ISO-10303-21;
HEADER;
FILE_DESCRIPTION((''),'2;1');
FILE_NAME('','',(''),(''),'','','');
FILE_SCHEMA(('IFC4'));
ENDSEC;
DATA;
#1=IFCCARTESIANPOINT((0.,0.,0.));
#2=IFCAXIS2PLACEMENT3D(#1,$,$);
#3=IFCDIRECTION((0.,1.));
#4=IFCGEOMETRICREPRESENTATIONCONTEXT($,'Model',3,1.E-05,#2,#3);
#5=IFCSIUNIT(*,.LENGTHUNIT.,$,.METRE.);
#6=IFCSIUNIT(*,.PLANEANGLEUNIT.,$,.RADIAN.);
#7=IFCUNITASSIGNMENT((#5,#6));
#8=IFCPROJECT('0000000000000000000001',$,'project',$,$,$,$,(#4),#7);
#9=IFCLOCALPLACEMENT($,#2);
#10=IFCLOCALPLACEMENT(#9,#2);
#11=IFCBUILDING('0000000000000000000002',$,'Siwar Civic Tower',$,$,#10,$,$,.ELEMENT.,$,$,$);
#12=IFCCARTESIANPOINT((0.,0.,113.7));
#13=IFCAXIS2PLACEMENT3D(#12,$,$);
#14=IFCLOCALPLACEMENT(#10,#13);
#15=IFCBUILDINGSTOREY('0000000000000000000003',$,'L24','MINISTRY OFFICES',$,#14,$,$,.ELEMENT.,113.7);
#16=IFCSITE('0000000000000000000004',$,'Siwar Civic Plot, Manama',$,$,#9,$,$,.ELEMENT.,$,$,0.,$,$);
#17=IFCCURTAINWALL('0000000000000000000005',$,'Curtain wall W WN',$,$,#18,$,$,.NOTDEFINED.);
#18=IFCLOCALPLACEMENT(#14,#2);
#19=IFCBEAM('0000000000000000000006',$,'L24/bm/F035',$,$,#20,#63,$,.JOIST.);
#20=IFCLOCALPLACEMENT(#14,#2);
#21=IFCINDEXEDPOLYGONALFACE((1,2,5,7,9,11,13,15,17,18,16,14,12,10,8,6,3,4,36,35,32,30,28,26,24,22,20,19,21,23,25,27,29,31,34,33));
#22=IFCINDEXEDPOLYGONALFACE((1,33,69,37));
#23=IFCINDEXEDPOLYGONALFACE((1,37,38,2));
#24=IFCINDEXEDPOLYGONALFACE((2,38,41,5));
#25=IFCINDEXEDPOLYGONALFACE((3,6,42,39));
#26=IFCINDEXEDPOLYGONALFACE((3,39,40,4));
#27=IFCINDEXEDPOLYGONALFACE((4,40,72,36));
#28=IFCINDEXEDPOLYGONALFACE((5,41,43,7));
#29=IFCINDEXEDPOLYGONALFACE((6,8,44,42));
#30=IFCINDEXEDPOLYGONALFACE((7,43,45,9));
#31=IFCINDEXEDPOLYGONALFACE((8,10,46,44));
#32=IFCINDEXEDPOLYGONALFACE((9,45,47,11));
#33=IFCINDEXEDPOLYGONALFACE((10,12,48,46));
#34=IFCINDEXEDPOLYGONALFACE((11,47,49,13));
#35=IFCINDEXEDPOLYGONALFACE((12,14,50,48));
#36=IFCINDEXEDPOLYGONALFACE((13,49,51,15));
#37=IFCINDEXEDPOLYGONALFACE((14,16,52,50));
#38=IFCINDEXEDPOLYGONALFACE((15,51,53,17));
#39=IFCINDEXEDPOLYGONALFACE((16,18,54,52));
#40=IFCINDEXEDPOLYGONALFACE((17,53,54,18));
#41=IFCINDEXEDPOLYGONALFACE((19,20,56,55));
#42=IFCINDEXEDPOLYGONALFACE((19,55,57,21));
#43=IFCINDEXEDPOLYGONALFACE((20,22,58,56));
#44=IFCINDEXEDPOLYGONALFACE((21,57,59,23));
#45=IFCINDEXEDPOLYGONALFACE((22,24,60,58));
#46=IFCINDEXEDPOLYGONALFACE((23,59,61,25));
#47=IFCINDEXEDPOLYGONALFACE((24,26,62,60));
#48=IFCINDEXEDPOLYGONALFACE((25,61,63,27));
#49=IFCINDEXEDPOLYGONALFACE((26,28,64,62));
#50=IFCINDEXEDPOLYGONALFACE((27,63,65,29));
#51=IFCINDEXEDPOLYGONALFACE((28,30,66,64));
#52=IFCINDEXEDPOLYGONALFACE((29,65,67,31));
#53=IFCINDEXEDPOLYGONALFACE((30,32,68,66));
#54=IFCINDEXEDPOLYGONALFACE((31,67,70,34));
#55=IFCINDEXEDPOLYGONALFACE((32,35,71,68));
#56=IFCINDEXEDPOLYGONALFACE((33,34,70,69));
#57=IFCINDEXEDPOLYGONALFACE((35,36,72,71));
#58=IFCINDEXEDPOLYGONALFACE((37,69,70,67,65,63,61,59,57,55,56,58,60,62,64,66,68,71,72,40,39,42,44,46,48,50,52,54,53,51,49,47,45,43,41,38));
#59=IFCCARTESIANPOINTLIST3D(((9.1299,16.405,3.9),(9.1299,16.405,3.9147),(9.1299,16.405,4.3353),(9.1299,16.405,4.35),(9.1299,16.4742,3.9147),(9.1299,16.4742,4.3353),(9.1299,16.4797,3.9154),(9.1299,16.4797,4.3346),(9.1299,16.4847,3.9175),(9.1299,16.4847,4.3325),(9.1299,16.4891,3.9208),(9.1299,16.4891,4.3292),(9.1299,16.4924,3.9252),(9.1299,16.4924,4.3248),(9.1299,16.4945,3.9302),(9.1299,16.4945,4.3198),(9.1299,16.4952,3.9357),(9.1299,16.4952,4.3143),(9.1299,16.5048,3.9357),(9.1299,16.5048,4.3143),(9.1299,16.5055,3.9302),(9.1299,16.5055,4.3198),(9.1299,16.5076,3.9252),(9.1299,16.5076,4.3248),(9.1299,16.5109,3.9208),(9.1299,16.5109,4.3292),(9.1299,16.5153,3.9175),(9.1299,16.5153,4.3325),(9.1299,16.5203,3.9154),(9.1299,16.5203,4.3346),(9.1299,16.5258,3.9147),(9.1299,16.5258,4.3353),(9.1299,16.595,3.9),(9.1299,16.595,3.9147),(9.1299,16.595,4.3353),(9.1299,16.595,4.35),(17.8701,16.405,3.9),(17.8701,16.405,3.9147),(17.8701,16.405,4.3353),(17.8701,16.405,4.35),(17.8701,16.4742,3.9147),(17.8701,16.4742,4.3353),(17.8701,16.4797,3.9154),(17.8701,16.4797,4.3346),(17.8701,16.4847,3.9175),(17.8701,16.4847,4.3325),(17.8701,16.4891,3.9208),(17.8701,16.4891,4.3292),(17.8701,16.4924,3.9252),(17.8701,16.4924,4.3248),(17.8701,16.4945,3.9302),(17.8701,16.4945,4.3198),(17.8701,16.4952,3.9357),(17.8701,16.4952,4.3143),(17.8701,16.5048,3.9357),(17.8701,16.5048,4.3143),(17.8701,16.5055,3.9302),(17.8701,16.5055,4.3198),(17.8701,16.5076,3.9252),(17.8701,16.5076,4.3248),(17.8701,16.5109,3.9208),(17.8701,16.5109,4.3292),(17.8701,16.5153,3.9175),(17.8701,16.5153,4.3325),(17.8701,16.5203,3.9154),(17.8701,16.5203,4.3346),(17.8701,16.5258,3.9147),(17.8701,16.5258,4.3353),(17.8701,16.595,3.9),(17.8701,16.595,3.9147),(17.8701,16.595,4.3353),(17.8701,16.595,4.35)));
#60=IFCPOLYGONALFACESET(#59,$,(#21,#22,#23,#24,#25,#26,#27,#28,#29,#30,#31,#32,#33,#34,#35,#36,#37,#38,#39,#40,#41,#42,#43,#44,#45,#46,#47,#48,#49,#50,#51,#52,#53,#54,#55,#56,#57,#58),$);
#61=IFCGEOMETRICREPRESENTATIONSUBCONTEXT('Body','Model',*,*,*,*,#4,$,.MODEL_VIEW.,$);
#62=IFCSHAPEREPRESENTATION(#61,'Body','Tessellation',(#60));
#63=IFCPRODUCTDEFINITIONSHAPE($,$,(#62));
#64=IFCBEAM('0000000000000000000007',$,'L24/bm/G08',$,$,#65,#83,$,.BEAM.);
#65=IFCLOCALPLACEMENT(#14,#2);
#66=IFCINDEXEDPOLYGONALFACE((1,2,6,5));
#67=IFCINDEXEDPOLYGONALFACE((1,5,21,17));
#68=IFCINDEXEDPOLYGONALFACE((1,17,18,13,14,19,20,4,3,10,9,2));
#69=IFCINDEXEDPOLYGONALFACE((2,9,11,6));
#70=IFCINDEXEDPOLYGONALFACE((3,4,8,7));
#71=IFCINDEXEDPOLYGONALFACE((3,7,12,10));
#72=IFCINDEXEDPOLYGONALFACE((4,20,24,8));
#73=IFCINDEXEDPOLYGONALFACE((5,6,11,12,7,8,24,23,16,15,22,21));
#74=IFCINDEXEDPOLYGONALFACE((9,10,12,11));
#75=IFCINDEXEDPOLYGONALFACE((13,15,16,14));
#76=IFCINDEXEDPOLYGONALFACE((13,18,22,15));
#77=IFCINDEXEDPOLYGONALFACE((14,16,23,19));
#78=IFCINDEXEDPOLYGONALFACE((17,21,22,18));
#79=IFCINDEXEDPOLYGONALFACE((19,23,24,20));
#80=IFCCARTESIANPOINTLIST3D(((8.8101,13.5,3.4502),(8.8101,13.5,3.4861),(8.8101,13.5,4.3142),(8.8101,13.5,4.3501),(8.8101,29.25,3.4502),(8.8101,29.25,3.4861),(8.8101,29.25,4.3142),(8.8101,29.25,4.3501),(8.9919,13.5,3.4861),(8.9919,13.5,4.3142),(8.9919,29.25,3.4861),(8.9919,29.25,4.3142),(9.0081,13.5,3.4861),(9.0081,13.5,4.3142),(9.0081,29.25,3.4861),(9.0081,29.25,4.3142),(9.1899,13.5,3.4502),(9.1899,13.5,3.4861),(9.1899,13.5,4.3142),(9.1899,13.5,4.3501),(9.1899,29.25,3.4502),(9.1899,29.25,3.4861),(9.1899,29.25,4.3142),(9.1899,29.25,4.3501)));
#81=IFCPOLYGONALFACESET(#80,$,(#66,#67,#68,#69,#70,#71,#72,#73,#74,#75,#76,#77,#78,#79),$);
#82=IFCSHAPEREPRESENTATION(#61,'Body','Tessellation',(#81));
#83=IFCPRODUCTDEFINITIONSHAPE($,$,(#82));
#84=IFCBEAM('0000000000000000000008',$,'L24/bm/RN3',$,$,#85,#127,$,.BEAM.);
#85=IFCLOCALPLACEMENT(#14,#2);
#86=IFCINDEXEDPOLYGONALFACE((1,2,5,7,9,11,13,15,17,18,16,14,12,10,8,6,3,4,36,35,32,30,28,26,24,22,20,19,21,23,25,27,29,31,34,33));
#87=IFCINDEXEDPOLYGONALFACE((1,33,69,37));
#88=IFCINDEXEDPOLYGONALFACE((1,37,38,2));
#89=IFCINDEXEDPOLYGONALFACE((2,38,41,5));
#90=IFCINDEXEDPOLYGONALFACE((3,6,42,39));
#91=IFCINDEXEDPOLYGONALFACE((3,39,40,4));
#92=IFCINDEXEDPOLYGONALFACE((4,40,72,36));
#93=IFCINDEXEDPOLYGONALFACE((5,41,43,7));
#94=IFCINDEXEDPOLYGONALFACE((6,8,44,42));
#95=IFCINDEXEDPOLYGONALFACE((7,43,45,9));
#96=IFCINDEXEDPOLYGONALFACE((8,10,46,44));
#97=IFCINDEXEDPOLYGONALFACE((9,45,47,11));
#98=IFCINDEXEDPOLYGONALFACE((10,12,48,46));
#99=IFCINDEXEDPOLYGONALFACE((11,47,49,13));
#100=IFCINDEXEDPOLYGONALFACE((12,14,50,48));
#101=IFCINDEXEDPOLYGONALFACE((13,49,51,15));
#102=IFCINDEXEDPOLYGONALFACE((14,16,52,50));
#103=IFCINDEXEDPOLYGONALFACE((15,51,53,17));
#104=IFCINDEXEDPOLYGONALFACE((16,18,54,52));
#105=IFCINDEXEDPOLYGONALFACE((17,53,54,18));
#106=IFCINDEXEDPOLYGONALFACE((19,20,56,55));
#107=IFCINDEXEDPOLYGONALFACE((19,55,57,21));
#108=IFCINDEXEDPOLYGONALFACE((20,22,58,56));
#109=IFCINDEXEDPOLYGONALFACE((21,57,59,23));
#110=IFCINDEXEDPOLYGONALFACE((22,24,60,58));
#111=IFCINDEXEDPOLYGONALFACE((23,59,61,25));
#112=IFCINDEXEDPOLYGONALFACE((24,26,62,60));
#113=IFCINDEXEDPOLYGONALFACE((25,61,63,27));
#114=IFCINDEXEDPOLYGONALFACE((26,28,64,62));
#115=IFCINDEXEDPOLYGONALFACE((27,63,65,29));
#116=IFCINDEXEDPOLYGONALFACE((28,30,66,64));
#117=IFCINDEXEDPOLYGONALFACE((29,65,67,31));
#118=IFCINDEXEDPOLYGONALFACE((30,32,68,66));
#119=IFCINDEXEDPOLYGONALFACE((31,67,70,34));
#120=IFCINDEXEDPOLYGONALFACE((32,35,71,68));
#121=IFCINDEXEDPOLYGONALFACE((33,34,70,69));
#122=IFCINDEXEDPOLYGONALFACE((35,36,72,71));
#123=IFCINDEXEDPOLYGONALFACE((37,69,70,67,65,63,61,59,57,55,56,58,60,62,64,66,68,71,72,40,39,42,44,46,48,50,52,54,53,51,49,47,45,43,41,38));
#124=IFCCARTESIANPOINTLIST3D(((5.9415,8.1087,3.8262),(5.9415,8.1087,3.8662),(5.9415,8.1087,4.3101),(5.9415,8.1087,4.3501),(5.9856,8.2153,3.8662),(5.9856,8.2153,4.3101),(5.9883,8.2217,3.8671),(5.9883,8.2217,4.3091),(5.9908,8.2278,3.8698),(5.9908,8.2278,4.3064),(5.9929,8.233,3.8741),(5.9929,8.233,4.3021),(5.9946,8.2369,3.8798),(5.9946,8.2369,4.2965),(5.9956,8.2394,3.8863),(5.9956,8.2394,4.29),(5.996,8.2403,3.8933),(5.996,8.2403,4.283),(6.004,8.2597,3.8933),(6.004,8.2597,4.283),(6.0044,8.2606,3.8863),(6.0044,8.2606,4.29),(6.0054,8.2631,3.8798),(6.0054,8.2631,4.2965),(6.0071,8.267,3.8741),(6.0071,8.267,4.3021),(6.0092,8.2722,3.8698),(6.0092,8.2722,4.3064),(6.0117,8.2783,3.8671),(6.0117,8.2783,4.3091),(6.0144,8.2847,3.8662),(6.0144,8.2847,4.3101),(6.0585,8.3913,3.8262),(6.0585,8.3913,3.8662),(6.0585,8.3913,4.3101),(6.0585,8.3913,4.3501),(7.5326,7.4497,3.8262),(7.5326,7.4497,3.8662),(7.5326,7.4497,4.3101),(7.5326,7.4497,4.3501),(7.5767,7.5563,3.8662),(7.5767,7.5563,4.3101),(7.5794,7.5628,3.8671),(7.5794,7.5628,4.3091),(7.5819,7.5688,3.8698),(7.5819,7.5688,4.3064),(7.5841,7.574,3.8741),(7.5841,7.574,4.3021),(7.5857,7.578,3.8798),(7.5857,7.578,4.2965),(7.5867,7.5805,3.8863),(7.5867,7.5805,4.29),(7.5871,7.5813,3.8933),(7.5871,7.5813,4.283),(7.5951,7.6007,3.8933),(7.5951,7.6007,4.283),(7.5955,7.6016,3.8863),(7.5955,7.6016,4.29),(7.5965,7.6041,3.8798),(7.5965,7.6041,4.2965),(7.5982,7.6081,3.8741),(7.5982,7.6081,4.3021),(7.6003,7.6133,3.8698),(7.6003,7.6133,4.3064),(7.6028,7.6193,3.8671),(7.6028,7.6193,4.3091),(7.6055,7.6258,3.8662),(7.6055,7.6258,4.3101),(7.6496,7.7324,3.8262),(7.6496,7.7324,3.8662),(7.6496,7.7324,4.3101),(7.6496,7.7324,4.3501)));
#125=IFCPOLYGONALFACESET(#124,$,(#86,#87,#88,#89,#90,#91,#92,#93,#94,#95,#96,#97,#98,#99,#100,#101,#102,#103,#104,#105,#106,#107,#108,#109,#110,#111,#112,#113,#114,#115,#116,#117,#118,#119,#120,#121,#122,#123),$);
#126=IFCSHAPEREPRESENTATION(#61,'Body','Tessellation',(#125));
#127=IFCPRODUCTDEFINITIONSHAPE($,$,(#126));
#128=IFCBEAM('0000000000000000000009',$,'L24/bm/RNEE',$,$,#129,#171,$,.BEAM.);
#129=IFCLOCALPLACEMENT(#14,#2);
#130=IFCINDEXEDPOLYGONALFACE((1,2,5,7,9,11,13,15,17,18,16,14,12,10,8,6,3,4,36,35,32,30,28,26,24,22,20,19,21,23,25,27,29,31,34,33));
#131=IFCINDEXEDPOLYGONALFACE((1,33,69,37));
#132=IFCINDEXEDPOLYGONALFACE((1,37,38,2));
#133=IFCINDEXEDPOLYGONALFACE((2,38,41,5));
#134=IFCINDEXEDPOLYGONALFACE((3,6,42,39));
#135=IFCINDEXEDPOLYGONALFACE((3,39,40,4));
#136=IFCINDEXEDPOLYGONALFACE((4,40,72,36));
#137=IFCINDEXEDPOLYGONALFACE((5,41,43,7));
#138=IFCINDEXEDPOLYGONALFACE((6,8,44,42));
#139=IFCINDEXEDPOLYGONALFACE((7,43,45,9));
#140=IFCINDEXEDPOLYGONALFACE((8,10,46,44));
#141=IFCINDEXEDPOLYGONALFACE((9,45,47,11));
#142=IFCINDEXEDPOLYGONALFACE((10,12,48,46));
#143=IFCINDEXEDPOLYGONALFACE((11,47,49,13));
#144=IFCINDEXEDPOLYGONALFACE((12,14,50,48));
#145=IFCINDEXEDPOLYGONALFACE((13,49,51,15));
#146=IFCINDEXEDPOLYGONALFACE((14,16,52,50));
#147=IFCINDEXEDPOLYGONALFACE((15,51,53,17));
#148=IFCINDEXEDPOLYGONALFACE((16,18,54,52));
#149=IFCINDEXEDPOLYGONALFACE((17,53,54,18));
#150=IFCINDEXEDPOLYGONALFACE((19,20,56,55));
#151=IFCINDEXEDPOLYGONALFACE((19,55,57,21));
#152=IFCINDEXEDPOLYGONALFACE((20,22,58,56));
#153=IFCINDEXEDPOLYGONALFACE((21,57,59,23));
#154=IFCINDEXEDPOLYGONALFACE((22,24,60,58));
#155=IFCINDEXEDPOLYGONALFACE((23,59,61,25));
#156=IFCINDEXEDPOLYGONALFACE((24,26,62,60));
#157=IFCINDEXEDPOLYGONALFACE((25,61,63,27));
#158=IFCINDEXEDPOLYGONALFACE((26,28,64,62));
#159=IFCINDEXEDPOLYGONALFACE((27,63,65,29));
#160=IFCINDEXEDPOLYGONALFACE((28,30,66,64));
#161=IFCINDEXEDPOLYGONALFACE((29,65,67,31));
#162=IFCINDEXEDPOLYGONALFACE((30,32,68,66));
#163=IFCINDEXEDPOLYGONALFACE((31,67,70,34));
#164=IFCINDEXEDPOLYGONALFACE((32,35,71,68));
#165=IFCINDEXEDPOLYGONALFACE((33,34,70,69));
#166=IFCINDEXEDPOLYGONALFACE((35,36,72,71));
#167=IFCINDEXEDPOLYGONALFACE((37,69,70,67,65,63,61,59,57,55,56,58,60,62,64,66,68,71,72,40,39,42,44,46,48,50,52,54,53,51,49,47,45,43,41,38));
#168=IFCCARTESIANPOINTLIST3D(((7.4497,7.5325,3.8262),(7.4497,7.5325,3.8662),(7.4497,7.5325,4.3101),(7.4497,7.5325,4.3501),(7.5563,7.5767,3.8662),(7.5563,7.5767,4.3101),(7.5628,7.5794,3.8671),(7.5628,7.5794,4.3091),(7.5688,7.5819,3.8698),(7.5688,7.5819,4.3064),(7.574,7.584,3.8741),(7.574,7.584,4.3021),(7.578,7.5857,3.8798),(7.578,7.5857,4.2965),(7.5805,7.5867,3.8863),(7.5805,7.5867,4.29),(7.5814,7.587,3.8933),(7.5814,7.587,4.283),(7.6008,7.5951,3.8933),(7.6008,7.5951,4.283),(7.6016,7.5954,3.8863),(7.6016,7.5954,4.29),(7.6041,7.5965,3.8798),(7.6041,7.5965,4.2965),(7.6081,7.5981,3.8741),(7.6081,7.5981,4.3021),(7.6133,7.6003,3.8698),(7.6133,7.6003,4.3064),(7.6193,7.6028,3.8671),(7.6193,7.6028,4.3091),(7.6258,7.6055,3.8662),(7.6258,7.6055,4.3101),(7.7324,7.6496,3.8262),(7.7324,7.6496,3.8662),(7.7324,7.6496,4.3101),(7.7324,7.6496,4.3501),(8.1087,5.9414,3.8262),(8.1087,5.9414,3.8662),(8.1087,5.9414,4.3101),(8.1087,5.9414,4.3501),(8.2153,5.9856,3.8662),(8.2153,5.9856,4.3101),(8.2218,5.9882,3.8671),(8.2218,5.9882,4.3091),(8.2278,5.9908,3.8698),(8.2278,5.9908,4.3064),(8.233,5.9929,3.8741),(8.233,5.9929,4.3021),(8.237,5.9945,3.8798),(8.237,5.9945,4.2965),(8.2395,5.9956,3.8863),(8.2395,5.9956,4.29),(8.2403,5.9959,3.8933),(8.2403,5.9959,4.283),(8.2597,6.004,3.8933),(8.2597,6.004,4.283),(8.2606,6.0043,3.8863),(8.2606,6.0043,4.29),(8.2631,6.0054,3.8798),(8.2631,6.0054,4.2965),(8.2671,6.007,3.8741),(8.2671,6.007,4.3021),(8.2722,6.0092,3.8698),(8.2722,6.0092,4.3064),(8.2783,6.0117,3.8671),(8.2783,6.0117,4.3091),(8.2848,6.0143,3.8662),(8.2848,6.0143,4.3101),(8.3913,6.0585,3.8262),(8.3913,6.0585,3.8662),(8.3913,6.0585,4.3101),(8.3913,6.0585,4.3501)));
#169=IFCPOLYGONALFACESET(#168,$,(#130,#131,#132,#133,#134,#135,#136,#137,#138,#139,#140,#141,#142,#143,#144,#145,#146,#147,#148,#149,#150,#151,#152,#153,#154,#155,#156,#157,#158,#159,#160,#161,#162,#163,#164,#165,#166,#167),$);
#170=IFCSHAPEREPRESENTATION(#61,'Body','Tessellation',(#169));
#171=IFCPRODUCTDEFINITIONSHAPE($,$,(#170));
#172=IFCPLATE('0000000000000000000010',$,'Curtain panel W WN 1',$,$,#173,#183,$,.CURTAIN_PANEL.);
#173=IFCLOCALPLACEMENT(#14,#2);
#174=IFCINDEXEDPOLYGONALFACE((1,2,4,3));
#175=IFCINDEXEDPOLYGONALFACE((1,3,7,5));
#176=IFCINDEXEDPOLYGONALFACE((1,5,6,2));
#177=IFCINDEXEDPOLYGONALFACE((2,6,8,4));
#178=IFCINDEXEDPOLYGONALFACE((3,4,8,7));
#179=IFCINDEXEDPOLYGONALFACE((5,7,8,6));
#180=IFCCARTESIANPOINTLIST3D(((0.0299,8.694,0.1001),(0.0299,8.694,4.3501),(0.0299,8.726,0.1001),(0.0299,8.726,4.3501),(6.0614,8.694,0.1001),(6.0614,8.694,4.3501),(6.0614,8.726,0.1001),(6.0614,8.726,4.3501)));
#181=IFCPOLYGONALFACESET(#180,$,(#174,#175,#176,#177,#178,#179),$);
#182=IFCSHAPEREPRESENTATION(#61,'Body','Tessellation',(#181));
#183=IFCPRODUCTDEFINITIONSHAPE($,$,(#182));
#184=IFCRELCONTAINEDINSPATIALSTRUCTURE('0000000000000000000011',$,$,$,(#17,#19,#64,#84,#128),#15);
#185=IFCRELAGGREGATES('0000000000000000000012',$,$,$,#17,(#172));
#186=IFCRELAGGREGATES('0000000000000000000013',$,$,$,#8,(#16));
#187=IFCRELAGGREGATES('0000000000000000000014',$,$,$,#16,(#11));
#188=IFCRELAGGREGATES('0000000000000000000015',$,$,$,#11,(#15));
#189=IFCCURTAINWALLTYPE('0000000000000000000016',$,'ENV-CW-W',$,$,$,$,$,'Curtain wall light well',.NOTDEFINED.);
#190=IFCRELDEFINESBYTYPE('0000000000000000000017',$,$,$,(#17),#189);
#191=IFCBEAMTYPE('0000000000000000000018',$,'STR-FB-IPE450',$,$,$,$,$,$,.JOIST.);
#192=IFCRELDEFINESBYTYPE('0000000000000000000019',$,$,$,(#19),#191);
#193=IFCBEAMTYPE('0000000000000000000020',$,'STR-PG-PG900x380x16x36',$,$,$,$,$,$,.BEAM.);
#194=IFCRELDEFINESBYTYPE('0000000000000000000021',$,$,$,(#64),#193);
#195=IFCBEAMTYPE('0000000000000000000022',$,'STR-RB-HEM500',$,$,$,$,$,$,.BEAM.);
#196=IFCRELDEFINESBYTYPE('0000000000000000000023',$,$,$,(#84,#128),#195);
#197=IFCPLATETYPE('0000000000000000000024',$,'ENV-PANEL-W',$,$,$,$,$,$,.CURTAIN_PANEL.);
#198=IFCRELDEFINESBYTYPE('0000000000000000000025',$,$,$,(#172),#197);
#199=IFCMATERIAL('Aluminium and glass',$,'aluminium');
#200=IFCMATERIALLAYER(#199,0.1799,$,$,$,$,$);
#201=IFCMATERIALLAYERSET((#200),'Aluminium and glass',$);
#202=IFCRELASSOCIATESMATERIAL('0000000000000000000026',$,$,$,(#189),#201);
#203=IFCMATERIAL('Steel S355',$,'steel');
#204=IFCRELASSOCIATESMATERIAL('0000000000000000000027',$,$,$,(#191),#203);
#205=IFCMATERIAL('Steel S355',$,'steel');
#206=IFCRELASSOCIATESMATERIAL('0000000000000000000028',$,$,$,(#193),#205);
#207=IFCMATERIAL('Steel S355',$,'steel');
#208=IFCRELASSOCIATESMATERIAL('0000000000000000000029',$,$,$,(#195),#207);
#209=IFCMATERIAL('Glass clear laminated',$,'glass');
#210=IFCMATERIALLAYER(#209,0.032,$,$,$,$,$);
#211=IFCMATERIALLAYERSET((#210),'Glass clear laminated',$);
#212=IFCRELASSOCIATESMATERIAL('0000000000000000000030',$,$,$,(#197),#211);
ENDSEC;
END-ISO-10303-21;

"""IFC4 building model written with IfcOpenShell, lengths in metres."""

from ifc_helpers import new_model, si_unit, direction, frame, origin, origin_2d, place, context, subcontext, project, spatial, rectangle, i_section, extrude, material, layer, layer_set, material_profile, profile_set, type_object, element, aggregate, save


model = new_model("IFC4")

# Units and contexts
model_context = context("Model", 3, precision=1e-05, world=origin(), true_north=direction((0.0, 1.0)))
body_context = subcontext(model_context, "Body", "Model", "MODEL_VIEW")
ifc_project = project(units=[si_unit("LENGTHUNIT", "METRE"), si_unit("PLANEANGLEUNIT", "RADIAN")], contexts=[model_context])

# Site, building, storey
site_placement = place(None, origin())
site = spatial("IfcSite", under=ifc_project, at=site_placement, Name="Siwar Civic Plot, Manama", CompositionType="ELEMENT", RefElevation=0.0)
building_placement = place(site_placement, origin())
building = spatial("IfcBuilding", under=site, at=building_placement, Name="Siwar Civic Tower", CompositionType="ELEMENT")
storey_placement = place(building_placement, frame((0.0, 0.0, 113.7)))
storey = spatial("IfcBuildingStorey", under=building, at=storey_placement, Name="L24", Description="MINISTRY OFFICES", CompositionType="ELEMENT", Elevation=113.7)

# Curtain wall
ifc_material_1 = material(Name="Aluminium and glass", Category="aluminium")
ifc_layer_1 = layer(ifc_material_1, 0.1799)
ifc_layer_set_1 = layer_set([ifc_layer_1], Name="Aluminium and glass")
curtain_wall_type = type_object("IfcCurtainWallType", Name="ENV-CW-W", ElementType="Curtain wall light well", PredefinedType="NOTDEFINED", material=ifc_layer_set_1)
curtain_wall_placement = place(storey_placement, origin())
curtain_wall = element("IfcCurtainWall", 1, at=curtain_wall_placement, inside=storey, type_object=curtain_wall_type, Name="Curtain wall W WN", PredefinedType="NOTDEFINED")

# Beams
ifc_material_2 = material(Name="Steel S355", Category="steel")
ifc_material_profile_1 = material_profile(ifc_material_2, i_section(OverallWidth=0.1899, OverallDepth=0.45, WebThickness=0.0095, FlangeThickness=0.0146, FilletRadius=0.021, at=origin_2d()), Name="IPE450")
ifc_profile_set_1 = profile_set([ifc_material_profile_1], Name="Steel S355")
beam_type_1 = type_object("IfcBeamType", Name="STR-FB-IPE450", PredefinedType="JOIST", material=ifc_profile_set_1)
for number, where, z_axis, x_axis, name in (
    (2, (9.1299, 16.5, 4.125), (1.0, 0.0, 0.0), (0.0, 1.0, 0.0), "L24/bm/F035"),
):
    element("IfcBeam", number, at=place(storey_placement, frame(where, z_axis=z_axis, x_axis=x_axis)), inside=storey, type_object=beam_type_1, Name=name, PredefinedType="JOIST", context=body_context, shape_type="SweptSolid", body=[
        extrude(i_section(OverallWidth=0.1899, OverallDepth=0.45, WebThickness=0.0095, FlangeThickness=0.0146, FilletRadius=0.021, at=origin_2d()), origin(), (0.0, 0.0, 1.0), 8.7402),
    ])
ifc_material_3 = material(Name="Steel S355", Category="steel")
ifc_material_profile_2 = material_profile(ifc_material_3, i_section(OverallWidth=0.3799, OverallDepth=0.8999, WebThickness=0.0161, FlangeThickness=0.0359, at=origin_2d()), Name="PG900x380x16x36")
ifc_profile_set_2 = profile_set([ifc_material_profile_2], Name="Steel S355")
beam_type_2 = type_object("IfcBeamType", Name="STR-PG-PG900x380x16x36", PredefinedType="BEAM", material=ifc_profile_set_2)
beam_1_placement = place(storey_placement, frame((9.0, 13.5, 3.9001), z_axis=(0.0, 1.0, 0.0), x_axis=(-1.0, 0.0, 0.0)))
element("IfcBeam", 3, at=beam_1_placement, inside=storey, type_object=beam_type_2, Name="L24/bm/G08", PredefinedType="BEAM", context=body_context, shape_type="SweptSolid", body=[
    extrude(i_section(OverallWidth=0.3799, OverallDepth=0.8999, WebThickness=0.0161, FlangeThickness=0.0359, at=origin_2d()), origin(), (0.0, 0.0, 1.0), 15.75),
])
ifc_material_4 = material(Name="Steel S355", Category="steel")
ifc_material_profile_3 = material_profile(ifc_material_4, i_section(OverallWidth=0.3059, OverallDepth=0.5239, WebThickness=0.021, FlangeThickness=0.04, FilletRadius=0.0271, at=origin_2d()), Name="HEM500")
ifc_profile_set_3 = profile_set([ifc_material_profile_3], Name="Steel S355")
beam_type_3 = type_object("IfcBeamType", Name="STR-RB-HEM500", PredefinedType="BEAM", material=ifc_profile_set_3)
for number, where, z_axis, x_axis, name in (
    (4, (6.0, 8.25, 4.0881), (0.923901, -0.382631, 0.0), (0.382631, 0.923901, 0.0), "L24/bm/RN3"),
    (5, (7.5911, 7.5911, 4.0881), (0.382631, -0.923901, 0.0), (0.923901, 0.382631, 0.0), "L24/bm/RNEE"),
):
    element("IfcBeam", number, at=place(storey_placement, frame(where, z_axis=z_axis, x_axis=x_axis)), inside=storey, type_object=beam_type_3, Name=name, PredefinedType="BEAM", context=body_context, shape_type="SweptSolid", body=[
        extrude(i_section(OverallWidth=0.3059, OverallDepth=0.5239, WebThickness=0.021, FlangeThickness=0.04, FilletRadius=0.0271, at=origin_2d()), origin(), (0.0, 0.0, 1.0), 1.7222),
    ])

# Plate
ifc_material_5 = material(Name="Glass clear laminated", Category="glass")
ifc_layer_2 = layer(ifc_material_5, 0.032)
ifc_layer_set_2 = layer_set([ifc_layer_2], Name="Glass clear laminated")
plate_type = type_object("IfcPlateType", Name="ENV-PANEL-W", PredefinedType="CURTAIN_PANEL", material=ifc_layer_set_2)
plate_placement = place(storey_placement, frame((3.0457, 8.71, 0.1001), z_axis=(0.0, 0.0, 1.0), x_axis=(-1.0, 0.0, 0.0)))
plate = element("IfcPlate", 6, at=plate_placement, type_object=plate_type, Name="Curtain panel W WN 1", PredefinedType="CURTAIN_PANEL", context=body_context, shape_type="SweptSolid", body=[
    extrude(rectangle(XDim=6.0315, YDim=0.032, at=origin_2d()), origin(), (0.0, 0.0, 1.0), 4.25),
])
aggregate(curtain_wall, [plate])

save(model, "model.ifc")
